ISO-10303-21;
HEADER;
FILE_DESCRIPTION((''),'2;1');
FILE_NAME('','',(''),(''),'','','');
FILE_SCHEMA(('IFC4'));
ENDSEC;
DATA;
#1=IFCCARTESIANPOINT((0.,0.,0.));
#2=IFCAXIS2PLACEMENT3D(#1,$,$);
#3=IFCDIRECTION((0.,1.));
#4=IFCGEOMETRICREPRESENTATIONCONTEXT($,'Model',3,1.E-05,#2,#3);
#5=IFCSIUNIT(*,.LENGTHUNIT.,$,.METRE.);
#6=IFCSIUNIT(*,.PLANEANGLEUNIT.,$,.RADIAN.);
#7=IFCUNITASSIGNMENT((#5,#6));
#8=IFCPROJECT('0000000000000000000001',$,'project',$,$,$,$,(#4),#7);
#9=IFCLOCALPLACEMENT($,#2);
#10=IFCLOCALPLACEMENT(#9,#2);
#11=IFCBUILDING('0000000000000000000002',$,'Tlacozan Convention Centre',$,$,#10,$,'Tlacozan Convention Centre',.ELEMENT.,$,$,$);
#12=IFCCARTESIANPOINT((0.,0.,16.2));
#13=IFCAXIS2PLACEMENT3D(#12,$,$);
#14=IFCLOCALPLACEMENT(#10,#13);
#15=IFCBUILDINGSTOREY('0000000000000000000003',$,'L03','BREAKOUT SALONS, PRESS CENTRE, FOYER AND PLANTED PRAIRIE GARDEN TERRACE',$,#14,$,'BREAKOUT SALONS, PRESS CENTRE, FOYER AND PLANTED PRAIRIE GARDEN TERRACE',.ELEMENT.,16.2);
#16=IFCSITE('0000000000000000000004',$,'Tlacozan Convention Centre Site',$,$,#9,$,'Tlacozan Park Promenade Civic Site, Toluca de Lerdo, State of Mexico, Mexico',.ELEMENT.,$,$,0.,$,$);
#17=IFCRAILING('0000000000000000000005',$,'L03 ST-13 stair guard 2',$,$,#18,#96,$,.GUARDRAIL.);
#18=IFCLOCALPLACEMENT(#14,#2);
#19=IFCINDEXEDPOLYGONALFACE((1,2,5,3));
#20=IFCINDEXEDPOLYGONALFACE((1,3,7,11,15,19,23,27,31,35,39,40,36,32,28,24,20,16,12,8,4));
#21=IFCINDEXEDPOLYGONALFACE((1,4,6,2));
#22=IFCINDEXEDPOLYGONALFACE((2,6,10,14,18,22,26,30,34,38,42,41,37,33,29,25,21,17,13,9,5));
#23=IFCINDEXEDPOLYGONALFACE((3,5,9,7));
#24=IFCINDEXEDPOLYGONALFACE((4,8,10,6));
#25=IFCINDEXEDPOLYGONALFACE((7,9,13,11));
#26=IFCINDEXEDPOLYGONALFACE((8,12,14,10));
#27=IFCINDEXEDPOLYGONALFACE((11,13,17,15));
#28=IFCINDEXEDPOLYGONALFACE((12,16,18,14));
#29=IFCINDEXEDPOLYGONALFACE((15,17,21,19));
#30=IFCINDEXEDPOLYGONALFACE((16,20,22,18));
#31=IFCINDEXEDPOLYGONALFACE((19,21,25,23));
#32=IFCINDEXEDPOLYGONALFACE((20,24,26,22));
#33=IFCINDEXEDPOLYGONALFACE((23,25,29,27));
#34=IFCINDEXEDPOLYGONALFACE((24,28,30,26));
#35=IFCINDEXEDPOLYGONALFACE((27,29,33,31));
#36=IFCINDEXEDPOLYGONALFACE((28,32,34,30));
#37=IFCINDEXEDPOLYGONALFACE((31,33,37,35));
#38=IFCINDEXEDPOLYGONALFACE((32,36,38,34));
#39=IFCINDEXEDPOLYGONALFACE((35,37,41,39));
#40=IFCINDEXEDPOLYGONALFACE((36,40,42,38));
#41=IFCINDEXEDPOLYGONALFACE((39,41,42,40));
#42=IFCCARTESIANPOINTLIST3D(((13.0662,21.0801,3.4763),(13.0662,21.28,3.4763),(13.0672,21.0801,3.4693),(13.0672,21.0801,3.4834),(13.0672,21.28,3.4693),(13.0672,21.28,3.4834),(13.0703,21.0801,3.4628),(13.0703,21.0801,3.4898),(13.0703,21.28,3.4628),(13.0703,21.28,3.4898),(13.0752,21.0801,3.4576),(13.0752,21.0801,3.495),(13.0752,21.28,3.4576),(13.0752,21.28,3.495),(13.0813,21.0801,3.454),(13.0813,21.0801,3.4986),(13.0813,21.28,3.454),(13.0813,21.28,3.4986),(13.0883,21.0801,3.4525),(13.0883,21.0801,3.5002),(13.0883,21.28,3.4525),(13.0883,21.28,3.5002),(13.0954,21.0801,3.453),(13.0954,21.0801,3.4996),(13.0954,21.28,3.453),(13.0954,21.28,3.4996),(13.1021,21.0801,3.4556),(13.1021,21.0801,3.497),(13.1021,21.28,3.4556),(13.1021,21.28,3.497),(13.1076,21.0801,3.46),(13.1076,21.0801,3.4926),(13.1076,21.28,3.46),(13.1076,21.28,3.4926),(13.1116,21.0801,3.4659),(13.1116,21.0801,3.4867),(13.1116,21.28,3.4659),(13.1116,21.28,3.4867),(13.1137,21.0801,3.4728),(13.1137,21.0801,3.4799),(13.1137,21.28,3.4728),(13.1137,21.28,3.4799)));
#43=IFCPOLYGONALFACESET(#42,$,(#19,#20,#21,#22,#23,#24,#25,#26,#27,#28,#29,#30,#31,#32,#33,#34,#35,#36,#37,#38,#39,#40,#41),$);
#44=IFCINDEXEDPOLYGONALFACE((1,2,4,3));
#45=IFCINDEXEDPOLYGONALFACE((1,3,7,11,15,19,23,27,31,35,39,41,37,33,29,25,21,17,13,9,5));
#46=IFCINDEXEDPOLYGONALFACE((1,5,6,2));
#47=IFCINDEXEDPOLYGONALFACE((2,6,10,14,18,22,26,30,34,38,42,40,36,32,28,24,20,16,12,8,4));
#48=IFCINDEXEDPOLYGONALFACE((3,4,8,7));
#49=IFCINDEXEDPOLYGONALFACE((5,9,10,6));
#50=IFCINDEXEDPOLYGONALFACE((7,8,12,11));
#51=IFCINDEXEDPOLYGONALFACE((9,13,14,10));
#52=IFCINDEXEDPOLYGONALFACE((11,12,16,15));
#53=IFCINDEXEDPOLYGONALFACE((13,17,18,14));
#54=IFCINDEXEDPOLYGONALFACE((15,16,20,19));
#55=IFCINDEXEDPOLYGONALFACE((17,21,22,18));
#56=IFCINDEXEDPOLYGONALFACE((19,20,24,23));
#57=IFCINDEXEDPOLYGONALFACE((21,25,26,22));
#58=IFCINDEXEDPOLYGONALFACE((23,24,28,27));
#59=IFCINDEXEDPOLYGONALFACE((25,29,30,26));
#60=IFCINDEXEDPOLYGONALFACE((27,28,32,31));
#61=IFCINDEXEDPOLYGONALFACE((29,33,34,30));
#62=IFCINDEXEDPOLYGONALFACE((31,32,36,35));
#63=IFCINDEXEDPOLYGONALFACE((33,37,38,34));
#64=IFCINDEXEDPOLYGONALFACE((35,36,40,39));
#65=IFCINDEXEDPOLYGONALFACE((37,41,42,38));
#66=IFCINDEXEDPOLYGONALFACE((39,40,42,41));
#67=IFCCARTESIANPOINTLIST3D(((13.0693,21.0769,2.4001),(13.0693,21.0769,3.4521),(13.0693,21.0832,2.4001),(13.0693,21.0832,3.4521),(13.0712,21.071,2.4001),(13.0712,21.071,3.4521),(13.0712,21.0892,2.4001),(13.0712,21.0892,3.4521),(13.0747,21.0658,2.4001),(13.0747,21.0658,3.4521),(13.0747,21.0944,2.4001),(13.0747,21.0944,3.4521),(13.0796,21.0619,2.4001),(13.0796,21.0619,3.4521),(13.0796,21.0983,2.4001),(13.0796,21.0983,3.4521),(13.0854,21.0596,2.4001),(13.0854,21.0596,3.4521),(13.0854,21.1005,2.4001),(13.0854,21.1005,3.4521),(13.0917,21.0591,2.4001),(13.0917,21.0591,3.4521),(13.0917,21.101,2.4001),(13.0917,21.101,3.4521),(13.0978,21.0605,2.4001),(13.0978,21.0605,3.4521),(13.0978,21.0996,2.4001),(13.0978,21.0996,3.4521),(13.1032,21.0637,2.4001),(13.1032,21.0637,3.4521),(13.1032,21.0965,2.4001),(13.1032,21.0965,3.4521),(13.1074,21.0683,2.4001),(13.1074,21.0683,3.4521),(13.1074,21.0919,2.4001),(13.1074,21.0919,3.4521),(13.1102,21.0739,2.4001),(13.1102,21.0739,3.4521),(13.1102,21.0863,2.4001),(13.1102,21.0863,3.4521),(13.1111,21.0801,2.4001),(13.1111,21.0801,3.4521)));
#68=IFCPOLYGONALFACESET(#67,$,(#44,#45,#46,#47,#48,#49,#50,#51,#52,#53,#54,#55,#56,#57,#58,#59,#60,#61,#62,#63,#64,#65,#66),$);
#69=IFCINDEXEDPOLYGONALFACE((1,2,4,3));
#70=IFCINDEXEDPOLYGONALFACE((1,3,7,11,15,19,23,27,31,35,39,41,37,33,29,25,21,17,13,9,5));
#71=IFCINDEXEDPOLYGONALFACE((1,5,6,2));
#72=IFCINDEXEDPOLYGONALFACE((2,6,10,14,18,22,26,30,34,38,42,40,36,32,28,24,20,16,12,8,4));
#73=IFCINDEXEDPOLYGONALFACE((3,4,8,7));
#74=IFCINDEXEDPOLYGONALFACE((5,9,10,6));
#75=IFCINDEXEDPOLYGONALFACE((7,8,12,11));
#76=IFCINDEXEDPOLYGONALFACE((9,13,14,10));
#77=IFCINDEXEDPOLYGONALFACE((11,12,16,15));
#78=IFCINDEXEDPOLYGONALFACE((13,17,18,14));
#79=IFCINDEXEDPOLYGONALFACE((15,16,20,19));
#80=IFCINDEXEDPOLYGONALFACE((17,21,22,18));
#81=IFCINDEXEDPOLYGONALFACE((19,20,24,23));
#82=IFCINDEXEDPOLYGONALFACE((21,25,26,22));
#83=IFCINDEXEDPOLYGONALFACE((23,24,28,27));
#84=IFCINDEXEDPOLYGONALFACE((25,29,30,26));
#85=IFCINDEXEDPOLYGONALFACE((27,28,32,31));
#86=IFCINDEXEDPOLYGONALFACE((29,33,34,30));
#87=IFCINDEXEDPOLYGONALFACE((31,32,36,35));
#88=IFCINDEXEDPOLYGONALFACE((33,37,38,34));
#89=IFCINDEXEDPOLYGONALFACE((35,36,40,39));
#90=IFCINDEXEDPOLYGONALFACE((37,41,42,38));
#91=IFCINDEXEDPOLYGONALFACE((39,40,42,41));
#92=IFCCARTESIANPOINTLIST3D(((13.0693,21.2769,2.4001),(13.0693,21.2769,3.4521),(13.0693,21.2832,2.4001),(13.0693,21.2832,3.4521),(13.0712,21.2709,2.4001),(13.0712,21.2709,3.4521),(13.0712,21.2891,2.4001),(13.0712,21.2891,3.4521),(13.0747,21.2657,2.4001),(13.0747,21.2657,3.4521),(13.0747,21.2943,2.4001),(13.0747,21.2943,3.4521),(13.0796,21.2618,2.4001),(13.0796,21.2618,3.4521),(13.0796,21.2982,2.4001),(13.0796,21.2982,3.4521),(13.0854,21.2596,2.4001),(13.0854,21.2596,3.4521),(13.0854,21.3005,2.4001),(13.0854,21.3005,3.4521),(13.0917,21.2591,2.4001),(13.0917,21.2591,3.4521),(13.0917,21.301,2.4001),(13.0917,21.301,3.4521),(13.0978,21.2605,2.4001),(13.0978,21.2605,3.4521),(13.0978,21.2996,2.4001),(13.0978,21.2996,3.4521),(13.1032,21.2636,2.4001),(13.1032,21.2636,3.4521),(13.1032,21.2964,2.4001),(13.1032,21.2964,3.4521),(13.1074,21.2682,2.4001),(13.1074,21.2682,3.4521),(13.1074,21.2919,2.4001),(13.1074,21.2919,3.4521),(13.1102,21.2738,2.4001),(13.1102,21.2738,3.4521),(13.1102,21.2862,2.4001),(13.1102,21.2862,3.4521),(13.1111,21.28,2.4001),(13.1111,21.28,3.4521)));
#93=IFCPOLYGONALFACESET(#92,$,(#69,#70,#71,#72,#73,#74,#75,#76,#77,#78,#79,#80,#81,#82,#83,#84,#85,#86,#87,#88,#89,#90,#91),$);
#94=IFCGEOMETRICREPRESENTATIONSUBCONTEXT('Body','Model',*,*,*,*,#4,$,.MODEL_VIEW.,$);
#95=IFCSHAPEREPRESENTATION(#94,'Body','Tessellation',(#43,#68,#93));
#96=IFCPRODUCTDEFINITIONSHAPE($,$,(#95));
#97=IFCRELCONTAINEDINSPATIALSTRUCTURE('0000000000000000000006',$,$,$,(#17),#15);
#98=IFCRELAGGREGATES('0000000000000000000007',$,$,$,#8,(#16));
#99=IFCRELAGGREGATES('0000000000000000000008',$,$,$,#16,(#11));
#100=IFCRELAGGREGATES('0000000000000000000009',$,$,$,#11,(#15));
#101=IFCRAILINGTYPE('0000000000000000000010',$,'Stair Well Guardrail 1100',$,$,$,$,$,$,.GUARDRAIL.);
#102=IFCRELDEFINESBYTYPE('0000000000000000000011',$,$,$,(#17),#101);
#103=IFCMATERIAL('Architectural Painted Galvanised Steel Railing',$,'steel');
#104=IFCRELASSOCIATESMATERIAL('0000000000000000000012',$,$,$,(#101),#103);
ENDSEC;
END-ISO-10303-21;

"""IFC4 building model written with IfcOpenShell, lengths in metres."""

from ifc_helpers import new_model, si_unit, direction, frame, origin, origin_2d, place, context, subcontext, project, spatial, circle, extrude, material, type_object, element, save


model = new_model("IFC4")

# Units and contexts
model_context = context("Model", 3, precision=1e-05, world=origin(), true_north=direction((0.0, 1.0)))
body_context = subcontext(model_context, "Body", "Model", "MODEL_VIEW")
ifc_project = project(units=[si_unit("LENGTHUNIT", "METRE"), si_unit("PLANEANGLEUNIT", "RADIAN")], contexts=[model_context])

# Site, building, storey
site_placement = place(None, origin())
site = spatial("IfcSite", under=ifc_project, at=site_placement, Name="Tlacozan Convention Centre Site", LongName="Tlacozan Park Promenade Civic Site, Toluca de Lerdo, State of Mexico, Mexico", CompositionType="ELEMENT", RefElevation=0.0)
building_placement = place(site_placement, origin())
building = spatial("IfcBuilding", under=site, at=building_placement, Name="Tlacozan Convention Centre", LongName="Tlacozan Convention Centre", CompositionType="ELEMENT")
storey_placement = place(building_placement, frame((0.0, 0.0, 16.2)))
storey = spatial("IfcBuildingStorey", under=building, at=storey_placement, Name="L03", Description="BREAKOUT SALONS, PRESS CENTRE, FOYER AND PLANTED PRAIRIE GARDEN TERRACE", LongName="BREAKOUT SALONS, PRESS CENTRE, FOYER AND PLANTED PRAIRIE GARDEN TERRACE", CompositionType="ELEMENT", Elevation=16.2)

# Railing
ifc_material_1 = material(Name="Architectural Painted Galvanised Steel Railing", Category="steel")
railing_type_1 = type_object("IfcRailingType", Name="Stair Well Guardrail 1100", PredefinedType="GUARDRAIL", material=ifc_material_1)
railing_1_placement = place(storey_placement, frame((13.0901, 21.0801, 2.4001)))
element("IfcRailing", 1, at=railing_1_placement, inside=storey, type_object=railing_type_1, Name="L03 ST-13 stair guard 2", PredefinedType="GUARDRAIL", context=body_context, shape_type="SweptSolid", body=[
    extrude(circle(Radius=0.0239, at=origin_2d()), frame((0.0, 0.0, 1.0762), z_axis=(0.0, 1.0, 0.0), x_axis=(-1.0, 0.0, 0.0)), (0.0, 0.0, 1.0), 0.2),
    extrude(circle(Radius=0.021, at=origin_2d()), origin(), (0.0, 0.0, 1.0), 1.052),
    extrude(circle(Radius=0.021, at=origin_2d()), frame((0.0, 0.2, 0.0)), (0.0, 0.0, 1.0), 1.052),
])

save(model, "model.ifc")
